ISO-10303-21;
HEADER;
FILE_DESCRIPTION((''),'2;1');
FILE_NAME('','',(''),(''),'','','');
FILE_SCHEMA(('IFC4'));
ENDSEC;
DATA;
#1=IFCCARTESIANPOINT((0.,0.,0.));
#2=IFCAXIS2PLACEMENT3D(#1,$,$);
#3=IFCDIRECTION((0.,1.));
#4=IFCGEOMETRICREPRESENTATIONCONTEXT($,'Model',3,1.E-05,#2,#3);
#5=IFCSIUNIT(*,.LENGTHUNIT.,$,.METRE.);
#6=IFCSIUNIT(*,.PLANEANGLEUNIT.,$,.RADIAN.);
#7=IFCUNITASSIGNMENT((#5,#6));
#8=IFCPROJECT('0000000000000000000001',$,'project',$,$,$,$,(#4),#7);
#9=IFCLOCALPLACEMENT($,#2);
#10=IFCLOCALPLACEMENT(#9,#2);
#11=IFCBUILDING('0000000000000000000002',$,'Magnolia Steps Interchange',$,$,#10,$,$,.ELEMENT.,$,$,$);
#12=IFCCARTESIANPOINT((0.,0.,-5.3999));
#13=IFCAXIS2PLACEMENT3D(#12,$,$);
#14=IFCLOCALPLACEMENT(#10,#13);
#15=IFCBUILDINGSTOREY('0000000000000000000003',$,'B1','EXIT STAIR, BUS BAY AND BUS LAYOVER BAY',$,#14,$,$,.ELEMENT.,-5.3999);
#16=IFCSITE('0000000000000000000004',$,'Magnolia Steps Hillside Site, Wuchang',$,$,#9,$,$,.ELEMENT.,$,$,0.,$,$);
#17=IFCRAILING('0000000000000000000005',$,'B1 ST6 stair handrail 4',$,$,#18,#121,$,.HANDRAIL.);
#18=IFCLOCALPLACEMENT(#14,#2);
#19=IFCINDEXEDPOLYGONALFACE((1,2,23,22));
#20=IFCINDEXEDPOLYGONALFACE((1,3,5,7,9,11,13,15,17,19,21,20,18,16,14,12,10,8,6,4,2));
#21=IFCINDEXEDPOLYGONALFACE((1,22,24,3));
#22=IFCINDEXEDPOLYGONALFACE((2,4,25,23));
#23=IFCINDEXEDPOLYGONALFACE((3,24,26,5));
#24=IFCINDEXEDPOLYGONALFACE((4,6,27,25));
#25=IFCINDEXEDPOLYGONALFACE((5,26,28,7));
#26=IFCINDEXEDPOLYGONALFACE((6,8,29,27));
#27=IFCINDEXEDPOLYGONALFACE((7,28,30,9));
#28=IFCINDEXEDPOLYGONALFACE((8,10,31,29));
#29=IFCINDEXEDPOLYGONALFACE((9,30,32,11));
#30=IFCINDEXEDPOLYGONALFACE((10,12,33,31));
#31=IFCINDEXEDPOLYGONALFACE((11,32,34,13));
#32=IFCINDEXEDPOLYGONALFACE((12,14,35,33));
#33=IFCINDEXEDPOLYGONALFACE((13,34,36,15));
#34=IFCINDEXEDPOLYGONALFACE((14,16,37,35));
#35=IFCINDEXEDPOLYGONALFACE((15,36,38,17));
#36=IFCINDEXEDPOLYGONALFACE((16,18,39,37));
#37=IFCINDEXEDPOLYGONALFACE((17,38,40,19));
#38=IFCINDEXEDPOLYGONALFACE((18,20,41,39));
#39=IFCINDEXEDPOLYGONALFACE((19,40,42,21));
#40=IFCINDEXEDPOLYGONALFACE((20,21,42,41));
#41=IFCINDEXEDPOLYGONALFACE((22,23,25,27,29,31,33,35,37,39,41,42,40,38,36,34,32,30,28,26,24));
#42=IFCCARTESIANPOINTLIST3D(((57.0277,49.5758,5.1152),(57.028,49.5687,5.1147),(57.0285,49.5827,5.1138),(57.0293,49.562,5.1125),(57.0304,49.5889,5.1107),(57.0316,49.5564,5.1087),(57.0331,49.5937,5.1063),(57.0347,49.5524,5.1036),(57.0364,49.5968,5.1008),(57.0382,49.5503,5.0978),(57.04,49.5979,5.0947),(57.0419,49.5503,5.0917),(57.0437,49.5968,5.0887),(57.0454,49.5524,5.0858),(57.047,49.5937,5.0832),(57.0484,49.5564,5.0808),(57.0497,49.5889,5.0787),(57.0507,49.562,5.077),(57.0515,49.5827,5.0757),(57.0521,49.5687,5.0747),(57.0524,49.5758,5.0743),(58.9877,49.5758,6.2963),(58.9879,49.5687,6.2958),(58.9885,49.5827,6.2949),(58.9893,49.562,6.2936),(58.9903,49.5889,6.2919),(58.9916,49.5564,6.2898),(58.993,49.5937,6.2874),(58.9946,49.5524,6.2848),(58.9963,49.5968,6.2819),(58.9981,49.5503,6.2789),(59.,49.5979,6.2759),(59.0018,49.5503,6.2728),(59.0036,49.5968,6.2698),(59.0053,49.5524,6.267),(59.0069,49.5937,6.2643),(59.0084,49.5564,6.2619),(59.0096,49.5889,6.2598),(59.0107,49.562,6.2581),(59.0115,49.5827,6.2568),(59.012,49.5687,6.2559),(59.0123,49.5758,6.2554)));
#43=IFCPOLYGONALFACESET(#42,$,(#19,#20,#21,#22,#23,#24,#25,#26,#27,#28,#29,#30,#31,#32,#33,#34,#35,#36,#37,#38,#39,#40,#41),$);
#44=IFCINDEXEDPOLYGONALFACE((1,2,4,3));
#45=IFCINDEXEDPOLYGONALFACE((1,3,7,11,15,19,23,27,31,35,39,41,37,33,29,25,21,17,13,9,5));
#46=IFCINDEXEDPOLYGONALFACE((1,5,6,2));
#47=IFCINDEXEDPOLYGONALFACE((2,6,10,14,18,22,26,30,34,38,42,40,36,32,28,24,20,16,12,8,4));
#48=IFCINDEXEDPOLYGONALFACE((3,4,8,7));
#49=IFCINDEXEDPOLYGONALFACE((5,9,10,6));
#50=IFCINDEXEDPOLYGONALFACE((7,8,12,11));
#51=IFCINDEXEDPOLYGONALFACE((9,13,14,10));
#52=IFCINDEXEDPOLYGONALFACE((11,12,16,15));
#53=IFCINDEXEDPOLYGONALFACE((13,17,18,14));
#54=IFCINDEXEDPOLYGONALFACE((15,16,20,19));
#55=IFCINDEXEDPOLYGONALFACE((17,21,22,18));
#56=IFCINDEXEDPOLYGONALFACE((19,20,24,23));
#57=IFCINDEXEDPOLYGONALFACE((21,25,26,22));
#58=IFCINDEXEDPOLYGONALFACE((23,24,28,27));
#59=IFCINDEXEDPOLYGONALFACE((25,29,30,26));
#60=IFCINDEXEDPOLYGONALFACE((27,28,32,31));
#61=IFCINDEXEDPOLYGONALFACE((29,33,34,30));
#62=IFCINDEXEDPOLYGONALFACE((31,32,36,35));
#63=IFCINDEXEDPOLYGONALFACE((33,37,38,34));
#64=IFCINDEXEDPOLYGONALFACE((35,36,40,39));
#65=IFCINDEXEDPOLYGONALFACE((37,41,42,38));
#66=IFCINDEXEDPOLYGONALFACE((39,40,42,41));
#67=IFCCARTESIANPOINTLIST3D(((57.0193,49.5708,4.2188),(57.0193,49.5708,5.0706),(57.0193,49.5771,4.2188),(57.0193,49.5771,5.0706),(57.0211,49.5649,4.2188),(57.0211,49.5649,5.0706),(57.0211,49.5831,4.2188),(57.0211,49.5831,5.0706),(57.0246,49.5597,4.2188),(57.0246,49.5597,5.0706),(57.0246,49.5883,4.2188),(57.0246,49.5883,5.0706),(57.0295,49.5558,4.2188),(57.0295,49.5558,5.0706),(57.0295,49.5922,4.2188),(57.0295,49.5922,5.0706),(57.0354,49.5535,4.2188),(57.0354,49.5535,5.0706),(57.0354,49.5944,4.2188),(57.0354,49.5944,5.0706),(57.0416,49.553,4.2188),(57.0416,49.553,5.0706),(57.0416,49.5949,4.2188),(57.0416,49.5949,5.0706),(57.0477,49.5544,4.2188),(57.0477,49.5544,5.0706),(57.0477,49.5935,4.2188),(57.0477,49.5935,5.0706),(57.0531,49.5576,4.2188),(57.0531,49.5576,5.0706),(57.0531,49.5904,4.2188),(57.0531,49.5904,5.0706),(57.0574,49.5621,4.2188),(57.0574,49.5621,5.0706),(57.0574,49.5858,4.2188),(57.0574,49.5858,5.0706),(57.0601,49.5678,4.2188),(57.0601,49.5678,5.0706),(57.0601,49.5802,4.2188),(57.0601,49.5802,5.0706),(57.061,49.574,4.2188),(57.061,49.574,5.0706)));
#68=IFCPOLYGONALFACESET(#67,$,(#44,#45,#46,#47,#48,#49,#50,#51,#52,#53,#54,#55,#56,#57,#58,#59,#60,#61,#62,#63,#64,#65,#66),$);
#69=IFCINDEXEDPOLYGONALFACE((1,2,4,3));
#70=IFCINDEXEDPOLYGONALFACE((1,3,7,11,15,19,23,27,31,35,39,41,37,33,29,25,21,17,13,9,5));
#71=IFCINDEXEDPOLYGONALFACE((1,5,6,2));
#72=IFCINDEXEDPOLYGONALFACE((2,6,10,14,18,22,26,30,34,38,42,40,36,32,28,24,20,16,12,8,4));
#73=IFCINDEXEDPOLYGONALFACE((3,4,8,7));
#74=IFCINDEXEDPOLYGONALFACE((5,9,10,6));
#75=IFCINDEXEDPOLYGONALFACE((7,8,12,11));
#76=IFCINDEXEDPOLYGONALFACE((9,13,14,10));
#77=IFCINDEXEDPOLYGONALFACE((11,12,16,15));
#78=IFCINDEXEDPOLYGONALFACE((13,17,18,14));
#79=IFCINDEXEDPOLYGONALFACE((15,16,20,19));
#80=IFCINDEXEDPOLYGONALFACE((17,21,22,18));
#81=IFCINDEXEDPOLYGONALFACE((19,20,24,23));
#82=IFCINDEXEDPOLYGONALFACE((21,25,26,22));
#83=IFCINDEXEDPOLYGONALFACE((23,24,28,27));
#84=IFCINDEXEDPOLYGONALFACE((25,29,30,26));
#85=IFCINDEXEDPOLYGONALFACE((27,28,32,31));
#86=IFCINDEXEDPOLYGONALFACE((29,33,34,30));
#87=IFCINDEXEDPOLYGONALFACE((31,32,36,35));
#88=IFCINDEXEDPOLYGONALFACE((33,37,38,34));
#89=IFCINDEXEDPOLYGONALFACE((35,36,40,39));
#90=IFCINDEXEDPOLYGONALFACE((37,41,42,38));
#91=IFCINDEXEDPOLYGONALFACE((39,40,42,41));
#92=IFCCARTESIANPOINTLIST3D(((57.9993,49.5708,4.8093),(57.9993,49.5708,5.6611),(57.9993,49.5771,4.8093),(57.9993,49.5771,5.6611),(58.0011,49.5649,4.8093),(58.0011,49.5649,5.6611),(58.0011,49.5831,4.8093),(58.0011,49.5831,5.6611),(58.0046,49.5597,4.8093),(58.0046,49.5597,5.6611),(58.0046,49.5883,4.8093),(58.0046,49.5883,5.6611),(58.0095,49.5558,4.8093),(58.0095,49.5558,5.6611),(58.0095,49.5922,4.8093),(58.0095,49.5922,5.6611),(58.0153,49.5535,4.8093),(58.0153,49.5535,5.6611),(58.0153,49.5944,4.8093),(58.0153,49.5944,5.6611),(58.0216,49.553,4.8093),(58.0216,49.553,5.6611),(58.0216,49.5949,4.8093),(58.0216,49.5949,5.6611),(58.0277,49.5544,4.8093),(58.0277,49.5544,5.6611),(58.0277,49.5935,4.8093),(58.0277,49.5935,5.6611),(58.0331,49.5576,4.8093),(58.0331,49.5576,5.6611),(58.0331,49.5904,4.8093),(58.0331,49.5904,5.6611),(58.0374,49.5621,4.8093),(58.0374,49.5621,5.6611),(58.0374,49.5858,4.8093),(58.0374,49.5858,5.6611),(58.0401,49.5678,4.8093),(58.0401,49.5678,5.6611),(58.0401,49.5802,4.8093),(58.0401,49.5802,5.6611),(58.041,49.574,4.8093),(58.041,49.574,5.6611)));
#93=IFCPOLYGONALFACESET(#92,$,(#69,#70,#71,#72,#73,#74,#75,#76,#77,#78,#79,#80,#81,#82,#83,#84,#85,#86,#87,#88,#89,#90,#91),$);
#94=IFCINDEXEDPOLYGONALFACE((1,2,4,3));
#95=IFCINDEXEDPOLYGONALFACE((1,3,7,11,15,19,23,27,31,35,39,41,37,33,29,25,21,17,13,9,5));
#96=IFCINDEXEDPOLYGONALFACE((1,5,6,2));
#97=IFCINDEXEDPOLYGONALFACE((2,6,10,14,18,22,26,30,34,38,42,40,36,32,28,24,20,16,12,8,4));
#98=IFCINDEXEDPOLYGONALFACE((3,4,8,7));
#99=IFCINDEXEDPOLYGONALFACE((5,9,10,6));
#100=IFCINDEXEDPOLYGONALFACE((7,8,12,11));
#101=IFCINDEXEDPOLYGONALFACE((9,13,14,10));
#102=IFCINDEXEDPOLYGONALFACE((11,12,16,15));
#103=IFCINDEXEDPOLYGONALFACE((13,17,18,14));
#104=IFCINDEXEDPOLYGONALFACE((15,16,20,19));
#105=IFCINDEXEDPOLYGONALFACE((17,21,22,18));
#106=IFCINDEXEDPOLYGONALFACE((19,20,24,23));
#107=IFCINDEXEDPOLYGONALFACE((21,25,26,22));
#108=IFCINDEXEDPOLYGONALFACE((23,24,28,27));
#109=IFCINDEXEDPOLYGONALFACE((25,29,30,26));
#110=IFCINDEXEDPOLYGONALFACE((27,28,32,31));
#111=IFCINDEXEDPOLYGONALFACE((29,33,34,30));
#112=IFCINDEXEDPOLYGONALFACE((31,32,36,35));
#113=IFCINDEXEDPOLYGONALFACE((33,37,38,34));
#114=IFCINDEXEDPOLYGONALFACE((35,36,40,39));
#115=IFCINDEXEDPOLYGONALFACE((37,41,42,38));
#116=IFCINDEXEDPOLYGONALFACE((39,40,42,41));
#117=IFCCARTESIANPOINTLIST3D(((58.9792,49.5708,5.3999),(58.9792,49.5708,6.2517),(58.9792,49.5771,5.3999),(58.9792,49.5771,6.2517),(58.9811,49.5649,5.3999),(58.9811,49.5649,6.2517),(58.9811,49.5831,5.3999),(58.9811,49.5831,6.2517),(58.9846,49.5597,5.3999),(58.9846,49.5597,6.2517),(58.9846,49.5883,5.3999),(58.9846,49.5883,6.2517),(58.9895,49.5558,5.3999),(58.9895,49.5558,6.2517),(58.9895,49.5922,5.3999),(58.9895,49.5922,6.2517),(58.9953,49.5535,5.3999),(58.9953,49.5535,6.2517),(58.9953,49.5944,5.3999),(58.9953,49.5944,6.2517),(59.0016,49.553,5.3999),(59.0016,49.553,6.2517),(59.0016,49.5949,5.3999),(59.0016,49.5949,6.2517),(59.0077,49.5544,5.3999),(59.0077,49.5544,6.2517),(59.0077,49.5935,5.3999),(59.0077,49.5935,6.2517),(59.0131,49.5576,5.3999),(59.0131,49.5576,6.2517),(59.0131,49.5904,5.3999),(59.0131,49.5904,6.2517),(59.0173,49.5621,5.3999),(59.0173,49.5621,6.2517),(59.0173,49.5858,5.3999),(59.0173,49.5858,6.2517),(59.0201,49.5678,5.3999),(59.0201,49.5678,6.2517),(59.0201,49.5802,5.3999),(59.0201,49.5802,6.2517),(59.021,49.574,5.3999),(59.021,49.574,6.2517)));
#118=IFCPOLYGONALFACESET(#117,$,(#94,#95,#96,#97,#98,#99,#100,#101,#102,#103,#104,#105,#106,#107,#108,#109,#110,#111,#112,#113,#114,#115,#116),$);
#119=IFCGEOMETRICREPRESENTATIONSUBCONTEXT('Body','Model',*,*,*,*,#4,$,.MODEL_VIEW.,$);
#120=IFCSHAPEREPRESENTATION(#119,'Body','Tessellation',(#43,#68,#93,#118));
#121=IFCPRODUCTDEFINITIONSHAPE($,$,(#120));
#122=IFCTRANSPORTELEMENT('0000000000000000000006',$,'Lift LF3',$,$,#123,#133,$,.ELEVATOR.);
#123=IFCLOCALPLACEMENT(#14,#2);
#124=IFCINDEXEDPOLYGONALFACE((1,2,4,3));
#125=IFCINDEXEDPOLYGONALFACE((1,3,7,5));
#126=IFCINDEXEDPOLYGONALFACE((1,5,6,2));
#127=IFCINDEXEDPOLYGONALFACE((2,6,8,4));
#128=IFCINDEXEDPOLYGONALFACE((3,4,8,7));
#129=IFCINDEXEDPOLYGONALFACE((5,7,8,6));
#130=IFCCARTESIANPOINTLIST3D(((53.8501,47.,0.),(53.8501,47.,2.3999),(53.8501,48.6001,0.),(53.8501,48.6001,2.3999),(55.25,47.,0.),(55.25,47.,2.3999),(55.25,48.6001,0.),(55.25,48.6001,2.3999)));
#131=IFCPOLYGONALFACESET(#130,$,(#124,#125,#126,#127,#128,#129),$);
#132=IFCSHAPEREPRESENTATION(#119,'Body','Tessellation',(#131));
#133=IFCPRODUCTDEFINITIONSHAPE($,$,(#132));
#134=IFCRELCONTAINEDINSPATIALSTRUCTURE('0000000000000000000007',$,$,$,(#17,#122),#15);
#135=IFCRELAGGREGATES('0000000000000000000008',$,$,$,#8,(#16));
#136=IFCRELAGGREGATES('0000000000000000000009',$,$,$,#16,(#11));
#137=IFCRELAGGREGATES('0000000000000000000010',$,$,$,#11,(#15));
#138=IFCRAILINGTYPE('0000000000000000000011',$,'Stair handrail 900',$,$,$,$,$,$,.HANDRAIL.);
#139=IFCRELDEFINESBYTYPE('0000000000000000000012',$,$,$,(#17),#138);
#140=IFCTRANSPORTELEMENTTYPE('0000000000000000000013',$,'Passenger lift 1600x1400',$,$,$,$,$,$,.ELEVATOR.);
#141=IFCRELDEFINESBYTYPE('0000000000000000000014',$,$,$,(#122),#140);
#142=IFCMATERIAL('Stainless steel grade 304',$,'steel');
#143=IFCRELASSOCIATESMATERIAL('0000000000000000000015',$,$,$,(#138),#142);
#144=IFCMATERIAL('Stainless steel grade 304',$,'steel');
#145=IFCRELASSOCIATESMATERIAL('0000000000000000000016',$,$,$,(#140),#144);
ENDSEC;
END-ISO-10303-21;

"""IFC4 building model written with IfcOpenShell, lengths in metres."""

from ifc_helpers import new_model, si_unit, direction, frame, origin, origin_2d, place, context, subcontext, project, spatial, rectangle, circle, extrude, material, type_object, element, save


model = new_model("IFC4")

# Units and contexts
model_context = context("Model", 3, precision=1e-05, world=origin(), true_north=direction((0.0, 1.0)))
body_context = subcontext(model_context, "Body", "Model", "MODEL_VIEW")
ifc_project = project(units=[si_unit("LENGTHUNIT", "METRE"), si_unit("PLANEANGLEUNIT", "RADIAN")], contexts=[model_context])

# Site, building, storey
site_placement = place(None, origin())
site = spatial("IfcSite", under=ifc_project, at=site_placement, Name="Magnolia Steps Hillside Site, Wuchang", CompositionType="ELEMENT", RefElevation=0.0)
building_placement = place(site_placement, origin())
building = spatial("IfcBuilding", under=site, at=building_placement, Name="Magnolia Steps Interchange", CompositionType="ELEMENT")
storey_placement = place(building_placement, frame((0.0, 0.0, -5.3999)))
storey = spatial("IfcBuildingStorey", under=building, at=storey_placement, Name="B1", Description="EXIT STAIR, BUS BAY AND BUS LAYOVER BAY", CompositionType="ELEMENT", Elevation=-5.3999)

# Railing
ifc_material_1 = material(Name="Stainless steel grade 304", Category="steel")
railing_type_1 = type_object("IfcRailingType", Name="Stair handrail 900", PredefinedType="HANDRAIL", material=ifc_material_1)
railing_1_placement = place(storey_placement, frame((57.04, 49.574, 4.2188)))
element("IfcRailing", 1, at=railing_1_placement, inside=storey, type_object=railing_type_1, Name="B1 ST6 stair handrail 4", PredefinedType="HANDRAIL", context=body_context, shape_type="SweptSolid", body=[
    extrude(circle(Radius=0.0239, at=origin_2d()), frame((0.0, 0.0, 0.876), z_axis=(0.856493, 0.0, 0.516158), x_axis=(0.0, 1.0, 0.0)), (0.0, 0.0, 1.0), 2.2883),
    extrude(circle(Radius=0.021, at=origin_2d()), origin(), (0.0, 0.0, 1.0), 0.8518),
    extrude(circle(Radius=0.021, at=origin_2d()), frame((0.98, 0.0, 0.5906)), (0.0, 0.0, 1.0), 0.8518),
    extrude(circle(Radius=0.021, at=origin_2d()), frame((1.96, 0.0, 1.1812)), (0.0, 0.0, 1.0), 0.8518),
])

# Transport element
ifc_material_2 = material(Name="Stainless steel grade 304", Category="steel")
transport_element_type = type_object("IfcTransportElementType", Name="Passenger lift 1600x1400", PredefinedType="ELEVATOR", material=ifc_material_2)
transport_element_placement = place(storey_placement, frame((54.55, 47.8, 0.0), z_axis=(0.0, 0.0, 1.0), x_axis=(0.0, 1.0, 0.0)))
element("IfcTransportElement", 2, at=transport_element_placement, inside=storey, type_object=transport_element_type, Name="Lift LF3", PredefinedType="ELEVATOR", context=body_context, shape_type="SweptSolid", body=[
    extrude(rectangle(XDim=1.6001, YDim=1.3999, at=origin_2d()), origin(), (0.0, 0.0, 1.0), 2.3999),
])

save(model, "model.ifc")
